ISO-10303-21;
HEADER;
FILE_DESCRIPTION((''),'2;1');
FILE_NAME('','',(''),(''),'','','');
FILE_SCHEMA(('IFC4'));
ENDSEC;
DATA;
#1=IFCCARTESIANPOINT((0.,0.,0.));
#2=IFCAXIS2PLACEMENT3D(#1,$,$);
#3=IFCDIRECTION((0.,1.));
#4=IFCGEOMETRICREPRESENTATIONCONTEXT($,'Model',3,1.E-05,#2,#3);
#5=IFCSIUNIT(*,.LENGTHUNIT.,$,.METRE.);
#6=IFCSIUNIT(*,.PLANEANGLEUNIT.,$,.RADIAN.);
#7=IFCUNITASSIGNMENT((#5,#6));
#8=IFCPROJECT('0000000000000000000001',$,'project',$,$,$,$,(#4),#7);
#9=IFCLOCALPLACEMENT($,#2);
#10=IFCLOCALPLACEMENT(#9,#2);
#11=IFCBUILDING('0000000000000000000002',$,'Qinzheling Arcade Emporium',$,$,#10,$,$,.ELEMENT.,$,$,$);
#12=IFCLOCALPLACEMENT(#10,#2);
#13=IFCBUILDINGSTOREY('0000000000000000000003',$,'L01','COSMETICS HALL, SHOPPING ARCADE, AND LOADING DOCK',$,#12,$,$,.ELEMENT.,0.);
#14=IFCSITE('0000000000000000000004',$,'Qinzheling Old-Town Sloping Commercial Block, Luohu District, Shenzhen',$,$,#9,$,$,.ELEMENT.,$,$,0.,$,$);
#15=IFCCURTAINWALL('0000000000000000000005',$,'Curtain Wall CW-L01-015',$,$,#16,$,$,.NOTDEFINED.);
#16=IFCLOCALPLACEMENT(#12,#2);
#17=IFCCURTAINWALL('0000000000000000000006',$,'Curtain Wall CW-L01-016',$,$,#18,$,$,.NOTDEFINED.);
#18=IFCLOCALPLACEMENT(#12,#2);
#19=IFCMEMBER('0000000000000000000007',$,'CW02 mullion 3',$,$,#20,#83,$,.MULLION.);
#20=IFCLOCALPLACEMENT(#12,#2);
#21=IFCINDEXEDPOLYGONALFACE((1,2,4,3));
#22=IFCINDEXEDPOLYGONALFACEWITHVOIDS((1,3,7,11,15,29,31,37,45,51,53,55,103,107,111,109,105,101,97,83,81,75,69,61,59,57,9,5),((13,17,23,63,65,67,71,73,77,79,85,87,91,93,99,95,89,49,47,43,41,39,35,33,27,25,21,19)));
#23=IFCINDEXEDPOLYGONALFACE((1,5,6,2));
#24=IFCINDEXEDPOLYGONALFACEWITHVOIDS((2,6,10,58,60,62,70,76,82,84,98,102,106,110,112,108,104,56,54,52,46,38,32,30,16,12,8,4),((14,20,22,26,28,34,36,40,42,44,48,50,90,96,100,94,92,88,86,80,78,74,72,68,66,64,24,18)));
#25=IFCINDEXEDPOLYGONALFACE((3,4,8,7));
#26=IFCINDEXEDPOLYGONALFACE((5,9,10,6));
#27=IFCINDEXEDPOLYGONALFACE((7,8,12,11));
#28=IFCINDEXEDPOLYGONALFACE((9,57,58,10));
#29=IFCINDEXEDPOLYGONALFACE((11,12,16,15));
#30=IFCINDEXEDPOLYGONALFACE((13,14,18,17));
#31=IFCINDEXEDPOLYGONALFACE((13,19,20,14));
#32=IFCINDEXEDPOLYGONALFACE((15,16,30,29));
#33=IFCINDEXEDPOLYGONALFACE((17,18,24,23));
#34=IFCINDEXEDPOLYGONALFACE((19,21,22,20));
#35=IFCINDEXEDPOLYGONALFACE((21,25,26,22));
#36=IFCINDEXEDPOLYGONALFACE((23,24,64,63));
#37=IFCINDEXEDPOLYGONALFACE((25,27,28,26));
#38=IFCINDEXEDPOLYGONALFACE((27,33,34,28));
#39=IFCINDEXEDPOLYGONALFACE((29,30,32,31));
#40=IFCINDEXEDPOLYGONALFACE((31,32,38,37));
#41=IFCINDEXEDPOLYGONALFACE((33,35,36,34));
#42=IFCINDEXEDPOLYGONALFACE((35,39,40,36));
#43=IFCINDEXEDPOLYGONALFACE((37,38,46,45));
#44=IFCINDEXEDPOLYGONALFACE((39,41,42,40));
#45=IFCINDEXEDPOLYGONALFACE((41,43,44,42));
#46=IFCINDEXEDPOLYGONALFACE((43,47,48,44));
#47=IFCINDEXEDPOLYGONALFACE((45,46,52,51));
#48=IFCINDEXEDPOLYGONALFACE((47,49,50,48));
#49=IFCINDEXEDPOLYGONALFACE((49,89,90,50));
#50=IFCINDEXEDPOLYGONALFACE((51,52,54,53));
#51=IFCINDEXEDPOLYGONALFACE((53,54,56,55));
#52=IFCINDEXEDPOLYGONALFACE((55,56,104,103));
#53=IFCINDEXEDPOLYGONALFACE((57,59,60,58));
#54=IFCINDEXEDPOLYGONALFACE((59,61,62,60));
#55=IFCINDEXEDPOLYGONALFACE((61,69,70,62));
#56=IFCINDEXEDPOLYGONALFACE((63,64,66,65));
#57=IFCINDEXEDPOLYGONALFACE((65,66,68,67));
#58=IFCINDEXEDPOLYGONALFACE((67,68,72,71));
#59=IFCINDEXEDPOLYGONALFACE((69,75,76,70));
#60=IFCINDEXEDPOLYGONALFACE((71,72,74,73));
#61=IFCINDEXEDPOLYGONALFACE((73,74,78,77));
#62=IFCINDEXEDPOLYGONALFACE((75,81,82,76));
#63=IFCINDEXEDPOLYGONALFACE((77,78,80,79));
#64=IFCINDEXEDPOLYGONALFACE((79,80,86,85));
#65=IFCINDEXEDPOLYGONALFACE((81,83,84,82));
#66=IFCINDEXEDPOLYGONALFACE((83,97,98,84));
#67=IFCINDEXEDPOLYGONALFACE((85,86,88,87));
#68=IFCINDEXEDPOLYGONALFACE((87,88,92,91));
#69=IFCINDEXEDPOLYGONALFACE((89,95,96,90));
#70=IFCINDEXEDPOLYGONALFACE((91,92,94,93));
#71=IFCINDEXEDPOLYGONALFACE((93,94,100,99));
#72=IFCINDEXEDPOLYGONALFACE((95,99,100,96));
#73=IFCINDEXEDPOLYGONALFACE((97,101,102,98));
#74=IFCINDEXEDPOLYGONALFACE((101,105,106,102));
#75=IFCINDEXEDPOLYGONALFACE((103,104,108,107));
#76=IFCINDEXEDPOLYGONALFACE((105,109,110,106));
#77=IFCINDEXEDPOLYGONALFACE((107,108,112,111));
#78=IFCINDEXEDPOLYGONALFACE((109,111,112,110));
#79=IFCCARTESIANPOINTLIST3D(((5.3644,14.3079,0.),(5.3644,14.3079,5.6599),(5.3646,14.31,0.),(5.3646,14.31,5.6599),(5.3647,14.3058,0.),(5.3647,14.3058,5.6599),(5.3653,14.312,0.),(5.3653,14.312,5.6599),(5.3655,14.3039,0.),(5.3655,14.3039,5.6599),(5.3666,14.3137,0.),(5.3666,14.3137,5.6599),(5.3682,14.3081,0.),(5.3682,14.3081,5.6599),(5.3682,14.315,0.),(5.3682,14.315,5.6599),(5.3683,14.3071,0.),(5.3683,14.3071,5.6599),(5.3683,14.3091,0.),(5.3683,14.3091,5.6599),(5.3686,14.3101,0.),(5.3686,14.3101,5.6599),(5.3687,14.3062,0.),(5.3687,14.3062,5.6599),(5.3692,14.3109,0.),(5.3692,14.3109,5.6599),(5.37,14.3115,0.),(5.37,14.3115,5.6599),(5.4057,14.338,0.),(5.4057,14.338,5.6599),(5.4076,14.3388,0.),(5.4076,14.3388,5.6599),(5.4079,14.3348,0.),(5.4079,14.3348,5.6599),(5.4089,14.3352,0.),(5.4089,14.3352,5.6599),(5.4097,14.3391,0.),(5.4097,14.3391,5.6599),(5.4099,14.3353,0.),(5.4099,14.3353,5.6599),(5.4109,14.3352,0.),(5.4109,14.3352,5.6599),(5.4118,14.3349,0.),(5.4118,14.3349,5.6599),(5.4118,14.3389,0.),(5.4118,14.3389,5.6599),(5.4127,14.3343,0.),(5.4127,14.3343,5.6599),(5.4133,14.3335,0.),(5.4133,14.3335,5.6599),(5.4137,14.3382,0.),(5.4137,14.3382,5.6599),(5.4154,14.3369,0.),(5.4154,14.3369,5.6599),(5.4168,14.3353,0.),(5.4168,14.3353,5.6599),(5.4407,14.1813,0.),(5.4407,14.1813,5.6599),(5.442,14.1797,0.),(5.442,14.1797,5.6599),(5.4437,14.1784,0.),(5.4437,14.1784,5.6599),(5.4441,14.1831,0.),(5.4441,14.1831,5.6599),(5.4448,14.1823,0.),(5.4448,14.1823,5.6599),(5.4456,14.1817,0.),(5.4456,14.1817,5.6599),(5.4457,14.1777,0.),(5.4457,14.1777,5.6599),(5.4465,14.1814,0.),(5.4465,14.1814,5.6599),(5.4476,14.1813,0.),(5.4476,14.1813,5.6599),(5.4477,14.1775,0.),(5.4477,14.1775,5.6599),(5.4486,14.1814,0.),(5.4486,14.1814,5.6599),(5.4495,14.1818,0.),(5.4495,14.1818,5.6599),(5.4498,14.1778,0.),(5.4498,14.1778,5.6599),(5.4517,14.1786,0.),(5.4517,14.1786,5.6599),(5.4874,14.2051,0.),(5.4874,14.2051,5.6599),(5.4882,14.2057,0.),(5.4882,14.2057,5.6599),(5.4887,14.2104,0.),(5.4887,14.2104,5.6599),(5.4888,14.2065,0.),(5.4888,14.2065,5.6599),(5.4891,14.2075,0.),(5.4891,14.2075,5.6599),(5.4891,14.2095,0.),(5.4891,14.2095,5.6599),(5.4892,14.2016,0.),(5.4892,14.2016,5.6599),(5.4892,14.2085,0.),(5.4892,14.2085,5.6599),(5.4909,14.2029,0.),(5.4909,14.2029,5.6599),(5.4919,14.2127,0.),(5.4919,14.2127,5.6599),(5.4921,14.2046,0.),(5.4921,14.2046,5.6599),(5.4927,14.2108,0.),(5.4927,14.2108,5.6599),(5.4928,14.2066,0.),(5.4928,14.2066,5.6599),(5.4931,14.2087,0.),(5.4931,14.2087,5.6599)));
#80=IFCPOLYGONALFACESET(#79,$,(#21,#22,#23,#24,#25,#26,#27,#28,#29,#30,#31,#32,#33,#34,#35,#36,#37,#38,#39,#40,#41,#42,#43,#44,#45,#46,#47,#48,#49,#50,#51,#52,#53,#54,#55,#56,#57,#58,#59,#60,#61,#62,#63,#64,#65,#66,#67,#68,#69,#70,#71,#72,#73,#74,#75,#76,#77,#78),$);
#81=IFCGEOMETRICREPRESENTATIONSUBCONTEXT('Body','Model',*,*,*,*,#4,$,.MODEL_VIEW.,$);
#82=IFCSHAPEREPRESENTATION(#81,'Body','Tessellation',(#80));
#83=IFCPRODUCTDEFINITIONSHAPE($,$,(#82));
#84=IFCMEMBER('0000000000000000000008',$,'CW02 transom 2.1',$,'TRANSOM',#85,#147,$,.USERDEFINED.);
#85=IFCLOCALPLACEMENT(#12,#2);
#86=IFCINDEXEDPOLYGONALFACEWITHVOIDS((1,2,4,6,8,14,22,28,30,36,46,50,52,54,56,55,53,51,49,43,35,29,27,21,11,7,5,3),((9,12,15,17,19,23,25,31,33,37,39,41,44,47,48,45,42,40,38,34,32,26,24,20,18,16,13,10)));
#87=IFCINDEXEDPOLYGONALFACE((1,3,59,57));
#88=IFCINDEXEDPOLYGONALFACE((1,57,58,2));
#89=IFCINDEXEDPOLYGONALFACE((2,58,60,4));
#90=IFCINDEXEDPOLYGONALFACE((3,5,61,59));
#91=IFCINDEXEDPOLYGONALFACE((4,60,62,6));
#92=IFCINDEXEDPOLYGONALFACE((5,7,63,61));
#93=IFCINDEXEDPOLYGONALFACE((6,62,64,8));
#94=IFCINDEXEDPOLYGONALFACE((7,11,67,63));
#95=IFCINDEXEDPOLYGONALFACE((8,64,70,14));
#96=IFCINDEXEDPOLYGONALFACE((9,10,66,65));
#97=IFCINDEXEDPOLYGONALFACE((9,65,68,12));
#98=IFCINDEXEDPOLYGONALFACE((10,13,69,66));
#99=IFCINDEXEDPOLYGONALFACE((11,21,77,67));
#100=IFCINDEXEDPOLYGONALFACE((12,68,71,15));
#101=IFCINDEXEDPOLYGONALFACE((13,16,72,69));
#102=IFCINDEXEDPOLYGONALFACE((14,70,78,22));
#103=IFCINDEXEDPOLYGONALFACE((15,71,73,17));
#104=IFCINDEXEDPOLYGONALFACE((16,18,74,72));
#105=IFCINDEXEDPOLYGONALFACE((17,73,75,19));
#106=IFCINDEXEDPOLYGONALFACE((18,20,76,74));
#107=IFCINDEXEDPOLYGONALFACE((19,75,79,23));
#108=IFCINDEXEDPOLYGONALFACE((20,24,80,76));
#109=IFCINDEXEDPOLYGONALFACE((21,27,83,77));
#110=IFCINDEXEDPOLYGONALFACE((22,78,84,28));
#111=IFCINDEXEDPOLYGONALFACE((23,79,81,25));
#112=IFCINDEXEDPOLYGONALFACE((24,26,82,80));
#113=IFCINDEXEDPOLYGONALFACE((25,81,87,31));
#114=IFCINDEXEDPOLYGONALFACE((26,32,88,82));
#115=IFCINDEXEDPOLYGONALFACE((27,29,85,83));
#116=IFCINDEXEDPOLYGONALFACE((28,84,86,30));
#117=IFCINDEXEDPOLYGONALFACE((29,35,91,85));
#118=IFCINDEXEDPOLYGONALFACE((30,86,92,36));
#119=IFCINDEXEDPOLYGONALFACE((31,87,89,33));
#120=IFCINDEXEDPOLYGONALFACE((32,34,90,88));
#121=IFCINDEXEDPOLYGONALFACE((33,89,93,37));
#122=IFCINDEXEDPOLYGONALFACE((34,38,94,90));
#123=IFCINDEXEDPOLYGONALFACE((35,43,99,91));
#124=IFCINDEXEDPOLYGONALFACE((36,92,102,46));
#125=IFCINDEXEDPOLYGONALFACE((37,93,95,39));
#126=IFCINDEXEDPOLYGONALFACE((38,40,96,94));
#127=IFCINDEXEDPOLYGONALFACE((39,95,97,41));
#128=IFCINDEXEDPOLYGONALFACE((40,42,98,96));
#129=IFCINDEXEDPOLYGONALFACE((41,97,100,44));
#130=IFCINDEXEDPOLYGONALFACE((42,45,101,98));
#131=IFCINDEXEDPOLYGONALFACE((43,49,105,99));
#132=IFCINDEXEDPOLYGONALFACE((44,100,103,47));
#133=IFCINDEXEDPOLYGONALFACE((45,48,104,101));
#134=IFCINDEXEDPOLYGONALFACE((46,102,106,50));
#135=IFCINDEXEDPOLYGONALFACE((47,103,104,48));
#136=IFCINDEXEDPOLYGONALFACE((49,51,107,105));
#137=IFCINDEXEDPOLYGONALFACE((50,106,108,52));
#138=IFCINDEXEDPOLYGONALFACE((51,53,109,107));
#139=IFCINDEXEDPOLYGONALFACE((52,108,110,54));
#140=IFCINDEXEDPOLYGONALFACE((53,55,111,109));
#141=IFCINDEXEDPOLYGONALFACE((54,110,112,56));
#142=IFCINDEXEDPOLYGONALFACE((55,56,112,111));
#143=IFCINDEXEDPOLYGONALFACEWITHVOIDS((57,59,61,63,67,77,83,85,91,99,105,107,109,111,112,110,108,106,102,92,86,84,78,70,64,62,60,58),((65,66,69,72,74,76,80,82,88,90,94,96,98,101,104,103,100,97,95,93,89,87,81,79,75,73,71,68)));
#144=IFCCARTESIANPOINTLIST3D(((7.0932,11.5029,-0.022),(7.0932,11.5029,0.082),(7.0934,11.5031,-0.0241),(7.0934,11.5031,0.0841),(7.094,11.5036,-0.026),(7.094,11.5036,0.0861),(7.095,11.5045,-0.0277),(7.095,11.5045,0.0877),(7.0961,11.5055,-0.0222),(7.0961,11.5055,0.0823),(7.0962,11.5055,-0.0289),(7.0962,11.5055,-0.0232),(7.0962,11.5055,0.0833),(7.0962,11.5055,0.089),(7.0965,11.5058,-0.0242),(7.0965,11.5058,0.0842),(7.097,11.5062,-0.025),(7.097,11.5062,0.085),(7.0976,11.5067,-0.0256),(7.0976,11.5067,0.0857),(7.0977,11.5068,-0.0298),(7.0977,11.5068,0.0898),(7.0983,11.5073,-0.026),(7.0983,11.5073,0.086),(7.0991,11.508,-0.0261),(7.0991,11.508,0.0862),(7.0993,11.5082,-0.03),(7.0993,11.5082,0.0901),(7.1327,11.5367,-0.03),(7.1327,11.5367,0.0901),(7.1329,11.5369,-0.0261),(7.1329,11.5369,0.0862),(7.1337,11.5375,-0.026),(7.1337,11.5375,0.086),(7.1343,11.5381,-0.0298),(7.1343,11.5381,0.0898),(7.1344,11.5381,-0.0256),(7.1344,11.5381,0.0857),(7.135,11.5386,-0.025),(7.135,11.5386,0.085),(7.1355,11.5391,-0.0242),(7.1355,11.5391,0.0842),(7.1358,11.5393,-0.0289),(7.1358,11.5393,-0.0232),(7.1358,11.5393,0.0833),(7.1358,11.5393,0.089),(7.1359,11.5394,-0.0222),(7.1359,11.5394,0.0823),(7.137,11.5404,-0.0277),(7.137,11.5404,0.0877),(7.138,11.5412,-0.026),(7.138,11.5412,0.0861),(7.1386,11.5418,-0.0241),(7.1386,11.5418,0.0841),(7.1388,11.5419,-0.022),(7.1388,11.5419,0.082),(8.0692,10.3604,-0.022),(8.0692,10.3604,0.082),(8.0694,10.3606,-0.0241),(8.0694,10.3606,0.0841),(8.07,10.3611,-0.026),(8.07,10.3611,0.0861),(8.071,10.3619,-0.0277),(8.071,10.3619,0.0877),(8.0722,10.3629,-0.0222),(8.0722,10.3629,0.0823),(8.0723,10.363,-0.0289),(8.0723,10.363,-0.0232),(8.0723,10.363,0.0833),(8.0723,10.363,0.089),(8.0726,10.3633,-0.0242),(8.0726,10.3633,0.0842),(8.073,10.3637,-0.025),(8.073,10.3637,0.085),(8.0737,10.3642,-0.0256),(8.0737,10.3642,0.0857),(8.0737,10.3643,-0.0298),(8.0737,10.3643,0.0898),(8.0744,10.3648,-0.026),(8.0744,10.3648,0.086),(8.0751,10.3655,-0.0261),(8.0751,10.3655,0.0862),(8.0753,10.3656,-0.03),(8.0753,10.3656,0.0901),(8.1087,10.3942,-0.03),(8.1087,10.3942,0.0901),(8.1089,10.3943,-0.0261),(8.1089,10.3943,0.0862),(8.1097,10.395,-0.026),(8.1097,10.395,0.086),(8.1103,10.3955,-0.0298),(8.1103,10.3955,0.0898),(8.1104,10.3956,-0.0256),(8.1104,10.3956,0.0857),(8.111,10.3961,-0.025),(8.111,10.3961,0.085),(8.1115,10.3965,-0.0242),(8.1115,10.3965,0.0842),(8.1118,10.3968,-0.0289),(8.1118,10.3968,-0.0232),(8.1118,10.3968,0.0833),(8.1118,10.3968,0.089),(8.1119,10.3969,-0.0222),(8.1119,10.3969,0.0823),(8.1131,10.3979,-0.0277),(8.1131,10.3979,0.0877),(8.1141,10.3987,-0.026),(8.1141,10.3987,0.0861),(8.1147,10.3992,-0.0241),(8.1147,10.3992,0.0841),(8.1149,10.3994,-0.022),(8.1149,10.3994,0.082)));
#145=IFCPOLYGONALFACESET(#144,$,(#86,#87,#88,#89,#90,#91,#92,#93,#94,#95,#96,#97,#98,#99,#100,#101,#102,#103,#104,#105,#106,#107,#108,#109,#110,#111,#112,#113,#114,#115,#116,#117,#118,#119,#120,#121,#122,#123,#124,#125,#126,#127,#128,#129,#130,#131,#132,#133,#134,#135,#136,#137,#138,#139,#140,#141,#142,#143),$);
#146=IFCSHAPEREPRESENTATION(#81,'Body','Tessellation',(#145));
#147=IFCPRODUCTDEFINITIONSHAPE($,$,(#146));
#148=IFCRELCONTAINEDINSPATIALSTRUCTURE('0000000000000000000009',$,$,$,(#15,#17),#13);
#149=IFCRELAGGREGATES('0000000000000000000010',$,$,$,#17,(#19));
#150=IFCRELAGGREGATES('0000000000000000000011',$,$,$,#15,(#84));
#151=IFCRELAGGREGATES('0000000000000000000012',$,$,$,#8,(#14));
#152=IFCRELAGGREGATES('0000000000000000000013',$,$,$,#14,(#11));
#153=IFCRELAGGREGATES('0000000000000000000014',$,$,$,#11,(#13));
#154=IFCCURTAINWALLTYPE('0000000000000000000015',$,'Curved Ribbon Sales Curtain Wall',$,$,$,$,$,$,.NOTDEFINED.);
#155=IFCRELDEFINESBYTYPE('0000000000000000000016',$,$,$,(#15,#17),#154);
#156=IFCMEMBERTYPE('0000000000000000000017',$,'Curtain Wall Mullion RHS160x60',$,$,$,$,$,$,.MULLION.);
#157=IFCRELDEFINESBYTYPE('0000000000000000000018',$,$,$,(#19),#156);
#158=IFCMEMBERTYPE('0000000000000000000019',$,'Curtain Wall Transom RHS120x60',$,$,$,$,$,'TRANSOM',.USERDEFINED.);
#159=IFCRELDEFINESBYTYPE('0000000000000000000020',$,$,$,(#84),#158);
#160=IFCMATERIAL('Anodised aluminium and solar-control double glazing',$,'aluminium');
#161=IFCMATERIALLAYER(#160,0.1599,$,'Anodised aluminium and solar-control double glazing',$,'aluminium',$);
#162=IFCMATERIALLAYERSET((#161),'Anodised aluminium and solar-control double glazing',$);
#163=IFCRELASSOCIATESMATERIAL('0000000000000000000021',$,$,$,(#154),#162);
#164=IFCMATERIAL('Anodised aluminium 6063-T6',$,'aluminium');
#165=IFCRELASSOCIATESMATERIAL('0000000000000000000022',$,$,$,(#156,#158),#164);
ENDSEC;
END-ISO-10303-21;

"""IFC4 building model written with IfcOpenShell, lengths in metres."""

from ifc_helpers import new_model, si_unit, direction, frame, origin, origin_2d, place, context, subcontext, project, spatial, hollow_rectangle, extrude, material, layer, layer_set, material_profile, profile_set, type_object, element, aggregate, save


model = new_model("IFC4")

# Units and contexts
model_context = context("Model", 3, precision=1e-05, world=origin(), true_north=direction((0.0, 1.0)))
body_context = subcontext(model_context, "Body", "Model", "MODEL_VIEW")
ifc_project = project(units=[si_unit("LENGTHUNIT", "METRE"), si_unit("PLANEANGLEUNIT", "RADIAN")], contexts=[model_context])

# Site, building, storey
site_placement = place(None, origin())
site = spatial("IfcSite", under=ifc_project, at=site_placement, Name="Qinzheling Old-Town Sloping Commercial Block, Luohu District, Shenzhen", CompositionType="ELEMENT", RefElevation=0.0)
building_placement = place(site_placement, origin())
building = spatial("IfcBuilding", under=site, at=building_placement, Name="Qinzheling Arcade Emporium", CompositionType="ELEMENT")
storey_placement = place(building_placement, origin())
storey = spatial("IfcBuildingStorey", under=building, at=storey_placement, Name="L01", Description="COSMETICS HALL, SHOPPING ARCADE, AND LOADING DOCK", CompositionType="ELEMENT", Elevation=0.0)

# Curtain walls, member
ifc_material_1 = material(Name="Anodised aluminium and solar-control double glazing", Category="aluminium")
ifc_layer_1 = layer(ifc_material_1, 0.1599, Name="Anodised aluminium and solar-control double glazing", Category="aluminium")
ifc_layer_set_1 = layer_set([ifc_layer_1], Name="Anodised aluminium and solar-control double glazing")
curtain_wall_type = type_object("IfcCurtainWallType", Name="Curved Ribbon Sales Curtain Wall", PredefinedType="NOTDEFINED", material=ifc_layer_set_1)
curtain_wall_1_placement = place(storey_placement, origin())
curtain_wall_1 = element("IfcCurtainWall", 1, at=curtain_wall_1_placement, inside=storey, type_object=curtain_wall_type, Name="Curtain Wall CW-L01-015", PredefinedType="NOTDEFINED")
ifc_material_2 = material(Name="Anodised aluminium 6063-T6", Category="aluminium")
ifc_material_profile_1 = material_profile(ifc_material_2, hollow_rectangle(XDim=0.0601, YDim=0.1599, WallThickness=0.0039, InnerFilletRadius=0.0039, OuterFilletRadius=0.0081, at=origin_2d()), Name="RHS 160x60x4", Category="aluminium")
ifc_profile_set_1 = profile_set([ifc_material_profile_1], Name="Anodised aluminium 6063-T6")
member_type_1 = type_object("IfcMemberType", Name="Curtain Wall Mullion RHS160x60", PredefinedType="MULLION", material=ifc_profile_set_1)
curtain_wall_2_placement = place(storey_placement, origin())
curtain_wall_2 = element("IfcCurtainWall", 2, at=curtain_wall_2_placement, inside=storey, type_object=curtain_wall_type, Name="Curtain Wall CW-L01-016", PredefinedType="NOTDEFINED")
member_1_placement = place(storey_placement, frame((5.4287, 14.2583, 0.0), z_axis=(0.0, 0.0, 1.0), x_axis=(-0.852691, -0.522415, 0.0)))
member_1 = element("IfcMember", 3, at=member_1_placement, type_object=member_type_1, Name="CW02 mullion 3", PredefinedType="MULLION", context=body_context, shape_type="SweptSolid", body=[
    extrude(hollow_rectangle(XDim=0.0601, YDim=0.1599, WallThickness=0.0039, InnerFilletRadius=0.0039, OuterFilletRadius=0.0081, at=origin_2d()), origin(), (0.0, 0.0, 1.0), 5.6599),
])

# Member
ifc_material_profile_2 = material_profile(ifc_material_2, hollow_rectangle(XDim=0.0601, YDim=0.1201, WallThickness=0.0039, InnerFilletRadius=0.0039, OuterFilletRadius=0.0081, at=origin_2d()), Name="RHS 120x60x4", Category="aluminium")
ifc_profile_set_2 = profile_set([ifc_material_profile_2], Name="Anodised aluminium 6063-T6")
member_type_2 = type_object("IfcMemberType", Name="Curtain Wall Transom RHS120x60", ElementType="TRANSOM", PredefinedType="USERDEFINED", material=ifc_profile_set_2)
member_2_placement = place(storey_placement, frame((8.092, 10.3799, 0.03), z_axis=(-0.649533, 0.760334, 0.0), x_axis=(-0.760334, -0.649533, 0.0)))
member_2 = element("IfcMember", 4, at=member_2_placement, type_object=member_type_2, Name="CW02 transom 2.1", ObjectType="TRANSOM", PredefinedType="USERDEFINED", context=body_context, shape_type="SweptSolid", body=[
    extrude(hollow_rectangle(XDim=0.0601, YDim=0.1201, WallThickness=0.0039, InnerFilletRadius=0.0039, OuterFilletRadius=0.0081, at=origin_2d()), origin(), (0.0, 0.0, 1.0), 1.5027),
])

aggregate(curtain_wall_2, [member_1])
aggregate(curtain_wall_1, [member_2])

save(model, "model.ifc")
